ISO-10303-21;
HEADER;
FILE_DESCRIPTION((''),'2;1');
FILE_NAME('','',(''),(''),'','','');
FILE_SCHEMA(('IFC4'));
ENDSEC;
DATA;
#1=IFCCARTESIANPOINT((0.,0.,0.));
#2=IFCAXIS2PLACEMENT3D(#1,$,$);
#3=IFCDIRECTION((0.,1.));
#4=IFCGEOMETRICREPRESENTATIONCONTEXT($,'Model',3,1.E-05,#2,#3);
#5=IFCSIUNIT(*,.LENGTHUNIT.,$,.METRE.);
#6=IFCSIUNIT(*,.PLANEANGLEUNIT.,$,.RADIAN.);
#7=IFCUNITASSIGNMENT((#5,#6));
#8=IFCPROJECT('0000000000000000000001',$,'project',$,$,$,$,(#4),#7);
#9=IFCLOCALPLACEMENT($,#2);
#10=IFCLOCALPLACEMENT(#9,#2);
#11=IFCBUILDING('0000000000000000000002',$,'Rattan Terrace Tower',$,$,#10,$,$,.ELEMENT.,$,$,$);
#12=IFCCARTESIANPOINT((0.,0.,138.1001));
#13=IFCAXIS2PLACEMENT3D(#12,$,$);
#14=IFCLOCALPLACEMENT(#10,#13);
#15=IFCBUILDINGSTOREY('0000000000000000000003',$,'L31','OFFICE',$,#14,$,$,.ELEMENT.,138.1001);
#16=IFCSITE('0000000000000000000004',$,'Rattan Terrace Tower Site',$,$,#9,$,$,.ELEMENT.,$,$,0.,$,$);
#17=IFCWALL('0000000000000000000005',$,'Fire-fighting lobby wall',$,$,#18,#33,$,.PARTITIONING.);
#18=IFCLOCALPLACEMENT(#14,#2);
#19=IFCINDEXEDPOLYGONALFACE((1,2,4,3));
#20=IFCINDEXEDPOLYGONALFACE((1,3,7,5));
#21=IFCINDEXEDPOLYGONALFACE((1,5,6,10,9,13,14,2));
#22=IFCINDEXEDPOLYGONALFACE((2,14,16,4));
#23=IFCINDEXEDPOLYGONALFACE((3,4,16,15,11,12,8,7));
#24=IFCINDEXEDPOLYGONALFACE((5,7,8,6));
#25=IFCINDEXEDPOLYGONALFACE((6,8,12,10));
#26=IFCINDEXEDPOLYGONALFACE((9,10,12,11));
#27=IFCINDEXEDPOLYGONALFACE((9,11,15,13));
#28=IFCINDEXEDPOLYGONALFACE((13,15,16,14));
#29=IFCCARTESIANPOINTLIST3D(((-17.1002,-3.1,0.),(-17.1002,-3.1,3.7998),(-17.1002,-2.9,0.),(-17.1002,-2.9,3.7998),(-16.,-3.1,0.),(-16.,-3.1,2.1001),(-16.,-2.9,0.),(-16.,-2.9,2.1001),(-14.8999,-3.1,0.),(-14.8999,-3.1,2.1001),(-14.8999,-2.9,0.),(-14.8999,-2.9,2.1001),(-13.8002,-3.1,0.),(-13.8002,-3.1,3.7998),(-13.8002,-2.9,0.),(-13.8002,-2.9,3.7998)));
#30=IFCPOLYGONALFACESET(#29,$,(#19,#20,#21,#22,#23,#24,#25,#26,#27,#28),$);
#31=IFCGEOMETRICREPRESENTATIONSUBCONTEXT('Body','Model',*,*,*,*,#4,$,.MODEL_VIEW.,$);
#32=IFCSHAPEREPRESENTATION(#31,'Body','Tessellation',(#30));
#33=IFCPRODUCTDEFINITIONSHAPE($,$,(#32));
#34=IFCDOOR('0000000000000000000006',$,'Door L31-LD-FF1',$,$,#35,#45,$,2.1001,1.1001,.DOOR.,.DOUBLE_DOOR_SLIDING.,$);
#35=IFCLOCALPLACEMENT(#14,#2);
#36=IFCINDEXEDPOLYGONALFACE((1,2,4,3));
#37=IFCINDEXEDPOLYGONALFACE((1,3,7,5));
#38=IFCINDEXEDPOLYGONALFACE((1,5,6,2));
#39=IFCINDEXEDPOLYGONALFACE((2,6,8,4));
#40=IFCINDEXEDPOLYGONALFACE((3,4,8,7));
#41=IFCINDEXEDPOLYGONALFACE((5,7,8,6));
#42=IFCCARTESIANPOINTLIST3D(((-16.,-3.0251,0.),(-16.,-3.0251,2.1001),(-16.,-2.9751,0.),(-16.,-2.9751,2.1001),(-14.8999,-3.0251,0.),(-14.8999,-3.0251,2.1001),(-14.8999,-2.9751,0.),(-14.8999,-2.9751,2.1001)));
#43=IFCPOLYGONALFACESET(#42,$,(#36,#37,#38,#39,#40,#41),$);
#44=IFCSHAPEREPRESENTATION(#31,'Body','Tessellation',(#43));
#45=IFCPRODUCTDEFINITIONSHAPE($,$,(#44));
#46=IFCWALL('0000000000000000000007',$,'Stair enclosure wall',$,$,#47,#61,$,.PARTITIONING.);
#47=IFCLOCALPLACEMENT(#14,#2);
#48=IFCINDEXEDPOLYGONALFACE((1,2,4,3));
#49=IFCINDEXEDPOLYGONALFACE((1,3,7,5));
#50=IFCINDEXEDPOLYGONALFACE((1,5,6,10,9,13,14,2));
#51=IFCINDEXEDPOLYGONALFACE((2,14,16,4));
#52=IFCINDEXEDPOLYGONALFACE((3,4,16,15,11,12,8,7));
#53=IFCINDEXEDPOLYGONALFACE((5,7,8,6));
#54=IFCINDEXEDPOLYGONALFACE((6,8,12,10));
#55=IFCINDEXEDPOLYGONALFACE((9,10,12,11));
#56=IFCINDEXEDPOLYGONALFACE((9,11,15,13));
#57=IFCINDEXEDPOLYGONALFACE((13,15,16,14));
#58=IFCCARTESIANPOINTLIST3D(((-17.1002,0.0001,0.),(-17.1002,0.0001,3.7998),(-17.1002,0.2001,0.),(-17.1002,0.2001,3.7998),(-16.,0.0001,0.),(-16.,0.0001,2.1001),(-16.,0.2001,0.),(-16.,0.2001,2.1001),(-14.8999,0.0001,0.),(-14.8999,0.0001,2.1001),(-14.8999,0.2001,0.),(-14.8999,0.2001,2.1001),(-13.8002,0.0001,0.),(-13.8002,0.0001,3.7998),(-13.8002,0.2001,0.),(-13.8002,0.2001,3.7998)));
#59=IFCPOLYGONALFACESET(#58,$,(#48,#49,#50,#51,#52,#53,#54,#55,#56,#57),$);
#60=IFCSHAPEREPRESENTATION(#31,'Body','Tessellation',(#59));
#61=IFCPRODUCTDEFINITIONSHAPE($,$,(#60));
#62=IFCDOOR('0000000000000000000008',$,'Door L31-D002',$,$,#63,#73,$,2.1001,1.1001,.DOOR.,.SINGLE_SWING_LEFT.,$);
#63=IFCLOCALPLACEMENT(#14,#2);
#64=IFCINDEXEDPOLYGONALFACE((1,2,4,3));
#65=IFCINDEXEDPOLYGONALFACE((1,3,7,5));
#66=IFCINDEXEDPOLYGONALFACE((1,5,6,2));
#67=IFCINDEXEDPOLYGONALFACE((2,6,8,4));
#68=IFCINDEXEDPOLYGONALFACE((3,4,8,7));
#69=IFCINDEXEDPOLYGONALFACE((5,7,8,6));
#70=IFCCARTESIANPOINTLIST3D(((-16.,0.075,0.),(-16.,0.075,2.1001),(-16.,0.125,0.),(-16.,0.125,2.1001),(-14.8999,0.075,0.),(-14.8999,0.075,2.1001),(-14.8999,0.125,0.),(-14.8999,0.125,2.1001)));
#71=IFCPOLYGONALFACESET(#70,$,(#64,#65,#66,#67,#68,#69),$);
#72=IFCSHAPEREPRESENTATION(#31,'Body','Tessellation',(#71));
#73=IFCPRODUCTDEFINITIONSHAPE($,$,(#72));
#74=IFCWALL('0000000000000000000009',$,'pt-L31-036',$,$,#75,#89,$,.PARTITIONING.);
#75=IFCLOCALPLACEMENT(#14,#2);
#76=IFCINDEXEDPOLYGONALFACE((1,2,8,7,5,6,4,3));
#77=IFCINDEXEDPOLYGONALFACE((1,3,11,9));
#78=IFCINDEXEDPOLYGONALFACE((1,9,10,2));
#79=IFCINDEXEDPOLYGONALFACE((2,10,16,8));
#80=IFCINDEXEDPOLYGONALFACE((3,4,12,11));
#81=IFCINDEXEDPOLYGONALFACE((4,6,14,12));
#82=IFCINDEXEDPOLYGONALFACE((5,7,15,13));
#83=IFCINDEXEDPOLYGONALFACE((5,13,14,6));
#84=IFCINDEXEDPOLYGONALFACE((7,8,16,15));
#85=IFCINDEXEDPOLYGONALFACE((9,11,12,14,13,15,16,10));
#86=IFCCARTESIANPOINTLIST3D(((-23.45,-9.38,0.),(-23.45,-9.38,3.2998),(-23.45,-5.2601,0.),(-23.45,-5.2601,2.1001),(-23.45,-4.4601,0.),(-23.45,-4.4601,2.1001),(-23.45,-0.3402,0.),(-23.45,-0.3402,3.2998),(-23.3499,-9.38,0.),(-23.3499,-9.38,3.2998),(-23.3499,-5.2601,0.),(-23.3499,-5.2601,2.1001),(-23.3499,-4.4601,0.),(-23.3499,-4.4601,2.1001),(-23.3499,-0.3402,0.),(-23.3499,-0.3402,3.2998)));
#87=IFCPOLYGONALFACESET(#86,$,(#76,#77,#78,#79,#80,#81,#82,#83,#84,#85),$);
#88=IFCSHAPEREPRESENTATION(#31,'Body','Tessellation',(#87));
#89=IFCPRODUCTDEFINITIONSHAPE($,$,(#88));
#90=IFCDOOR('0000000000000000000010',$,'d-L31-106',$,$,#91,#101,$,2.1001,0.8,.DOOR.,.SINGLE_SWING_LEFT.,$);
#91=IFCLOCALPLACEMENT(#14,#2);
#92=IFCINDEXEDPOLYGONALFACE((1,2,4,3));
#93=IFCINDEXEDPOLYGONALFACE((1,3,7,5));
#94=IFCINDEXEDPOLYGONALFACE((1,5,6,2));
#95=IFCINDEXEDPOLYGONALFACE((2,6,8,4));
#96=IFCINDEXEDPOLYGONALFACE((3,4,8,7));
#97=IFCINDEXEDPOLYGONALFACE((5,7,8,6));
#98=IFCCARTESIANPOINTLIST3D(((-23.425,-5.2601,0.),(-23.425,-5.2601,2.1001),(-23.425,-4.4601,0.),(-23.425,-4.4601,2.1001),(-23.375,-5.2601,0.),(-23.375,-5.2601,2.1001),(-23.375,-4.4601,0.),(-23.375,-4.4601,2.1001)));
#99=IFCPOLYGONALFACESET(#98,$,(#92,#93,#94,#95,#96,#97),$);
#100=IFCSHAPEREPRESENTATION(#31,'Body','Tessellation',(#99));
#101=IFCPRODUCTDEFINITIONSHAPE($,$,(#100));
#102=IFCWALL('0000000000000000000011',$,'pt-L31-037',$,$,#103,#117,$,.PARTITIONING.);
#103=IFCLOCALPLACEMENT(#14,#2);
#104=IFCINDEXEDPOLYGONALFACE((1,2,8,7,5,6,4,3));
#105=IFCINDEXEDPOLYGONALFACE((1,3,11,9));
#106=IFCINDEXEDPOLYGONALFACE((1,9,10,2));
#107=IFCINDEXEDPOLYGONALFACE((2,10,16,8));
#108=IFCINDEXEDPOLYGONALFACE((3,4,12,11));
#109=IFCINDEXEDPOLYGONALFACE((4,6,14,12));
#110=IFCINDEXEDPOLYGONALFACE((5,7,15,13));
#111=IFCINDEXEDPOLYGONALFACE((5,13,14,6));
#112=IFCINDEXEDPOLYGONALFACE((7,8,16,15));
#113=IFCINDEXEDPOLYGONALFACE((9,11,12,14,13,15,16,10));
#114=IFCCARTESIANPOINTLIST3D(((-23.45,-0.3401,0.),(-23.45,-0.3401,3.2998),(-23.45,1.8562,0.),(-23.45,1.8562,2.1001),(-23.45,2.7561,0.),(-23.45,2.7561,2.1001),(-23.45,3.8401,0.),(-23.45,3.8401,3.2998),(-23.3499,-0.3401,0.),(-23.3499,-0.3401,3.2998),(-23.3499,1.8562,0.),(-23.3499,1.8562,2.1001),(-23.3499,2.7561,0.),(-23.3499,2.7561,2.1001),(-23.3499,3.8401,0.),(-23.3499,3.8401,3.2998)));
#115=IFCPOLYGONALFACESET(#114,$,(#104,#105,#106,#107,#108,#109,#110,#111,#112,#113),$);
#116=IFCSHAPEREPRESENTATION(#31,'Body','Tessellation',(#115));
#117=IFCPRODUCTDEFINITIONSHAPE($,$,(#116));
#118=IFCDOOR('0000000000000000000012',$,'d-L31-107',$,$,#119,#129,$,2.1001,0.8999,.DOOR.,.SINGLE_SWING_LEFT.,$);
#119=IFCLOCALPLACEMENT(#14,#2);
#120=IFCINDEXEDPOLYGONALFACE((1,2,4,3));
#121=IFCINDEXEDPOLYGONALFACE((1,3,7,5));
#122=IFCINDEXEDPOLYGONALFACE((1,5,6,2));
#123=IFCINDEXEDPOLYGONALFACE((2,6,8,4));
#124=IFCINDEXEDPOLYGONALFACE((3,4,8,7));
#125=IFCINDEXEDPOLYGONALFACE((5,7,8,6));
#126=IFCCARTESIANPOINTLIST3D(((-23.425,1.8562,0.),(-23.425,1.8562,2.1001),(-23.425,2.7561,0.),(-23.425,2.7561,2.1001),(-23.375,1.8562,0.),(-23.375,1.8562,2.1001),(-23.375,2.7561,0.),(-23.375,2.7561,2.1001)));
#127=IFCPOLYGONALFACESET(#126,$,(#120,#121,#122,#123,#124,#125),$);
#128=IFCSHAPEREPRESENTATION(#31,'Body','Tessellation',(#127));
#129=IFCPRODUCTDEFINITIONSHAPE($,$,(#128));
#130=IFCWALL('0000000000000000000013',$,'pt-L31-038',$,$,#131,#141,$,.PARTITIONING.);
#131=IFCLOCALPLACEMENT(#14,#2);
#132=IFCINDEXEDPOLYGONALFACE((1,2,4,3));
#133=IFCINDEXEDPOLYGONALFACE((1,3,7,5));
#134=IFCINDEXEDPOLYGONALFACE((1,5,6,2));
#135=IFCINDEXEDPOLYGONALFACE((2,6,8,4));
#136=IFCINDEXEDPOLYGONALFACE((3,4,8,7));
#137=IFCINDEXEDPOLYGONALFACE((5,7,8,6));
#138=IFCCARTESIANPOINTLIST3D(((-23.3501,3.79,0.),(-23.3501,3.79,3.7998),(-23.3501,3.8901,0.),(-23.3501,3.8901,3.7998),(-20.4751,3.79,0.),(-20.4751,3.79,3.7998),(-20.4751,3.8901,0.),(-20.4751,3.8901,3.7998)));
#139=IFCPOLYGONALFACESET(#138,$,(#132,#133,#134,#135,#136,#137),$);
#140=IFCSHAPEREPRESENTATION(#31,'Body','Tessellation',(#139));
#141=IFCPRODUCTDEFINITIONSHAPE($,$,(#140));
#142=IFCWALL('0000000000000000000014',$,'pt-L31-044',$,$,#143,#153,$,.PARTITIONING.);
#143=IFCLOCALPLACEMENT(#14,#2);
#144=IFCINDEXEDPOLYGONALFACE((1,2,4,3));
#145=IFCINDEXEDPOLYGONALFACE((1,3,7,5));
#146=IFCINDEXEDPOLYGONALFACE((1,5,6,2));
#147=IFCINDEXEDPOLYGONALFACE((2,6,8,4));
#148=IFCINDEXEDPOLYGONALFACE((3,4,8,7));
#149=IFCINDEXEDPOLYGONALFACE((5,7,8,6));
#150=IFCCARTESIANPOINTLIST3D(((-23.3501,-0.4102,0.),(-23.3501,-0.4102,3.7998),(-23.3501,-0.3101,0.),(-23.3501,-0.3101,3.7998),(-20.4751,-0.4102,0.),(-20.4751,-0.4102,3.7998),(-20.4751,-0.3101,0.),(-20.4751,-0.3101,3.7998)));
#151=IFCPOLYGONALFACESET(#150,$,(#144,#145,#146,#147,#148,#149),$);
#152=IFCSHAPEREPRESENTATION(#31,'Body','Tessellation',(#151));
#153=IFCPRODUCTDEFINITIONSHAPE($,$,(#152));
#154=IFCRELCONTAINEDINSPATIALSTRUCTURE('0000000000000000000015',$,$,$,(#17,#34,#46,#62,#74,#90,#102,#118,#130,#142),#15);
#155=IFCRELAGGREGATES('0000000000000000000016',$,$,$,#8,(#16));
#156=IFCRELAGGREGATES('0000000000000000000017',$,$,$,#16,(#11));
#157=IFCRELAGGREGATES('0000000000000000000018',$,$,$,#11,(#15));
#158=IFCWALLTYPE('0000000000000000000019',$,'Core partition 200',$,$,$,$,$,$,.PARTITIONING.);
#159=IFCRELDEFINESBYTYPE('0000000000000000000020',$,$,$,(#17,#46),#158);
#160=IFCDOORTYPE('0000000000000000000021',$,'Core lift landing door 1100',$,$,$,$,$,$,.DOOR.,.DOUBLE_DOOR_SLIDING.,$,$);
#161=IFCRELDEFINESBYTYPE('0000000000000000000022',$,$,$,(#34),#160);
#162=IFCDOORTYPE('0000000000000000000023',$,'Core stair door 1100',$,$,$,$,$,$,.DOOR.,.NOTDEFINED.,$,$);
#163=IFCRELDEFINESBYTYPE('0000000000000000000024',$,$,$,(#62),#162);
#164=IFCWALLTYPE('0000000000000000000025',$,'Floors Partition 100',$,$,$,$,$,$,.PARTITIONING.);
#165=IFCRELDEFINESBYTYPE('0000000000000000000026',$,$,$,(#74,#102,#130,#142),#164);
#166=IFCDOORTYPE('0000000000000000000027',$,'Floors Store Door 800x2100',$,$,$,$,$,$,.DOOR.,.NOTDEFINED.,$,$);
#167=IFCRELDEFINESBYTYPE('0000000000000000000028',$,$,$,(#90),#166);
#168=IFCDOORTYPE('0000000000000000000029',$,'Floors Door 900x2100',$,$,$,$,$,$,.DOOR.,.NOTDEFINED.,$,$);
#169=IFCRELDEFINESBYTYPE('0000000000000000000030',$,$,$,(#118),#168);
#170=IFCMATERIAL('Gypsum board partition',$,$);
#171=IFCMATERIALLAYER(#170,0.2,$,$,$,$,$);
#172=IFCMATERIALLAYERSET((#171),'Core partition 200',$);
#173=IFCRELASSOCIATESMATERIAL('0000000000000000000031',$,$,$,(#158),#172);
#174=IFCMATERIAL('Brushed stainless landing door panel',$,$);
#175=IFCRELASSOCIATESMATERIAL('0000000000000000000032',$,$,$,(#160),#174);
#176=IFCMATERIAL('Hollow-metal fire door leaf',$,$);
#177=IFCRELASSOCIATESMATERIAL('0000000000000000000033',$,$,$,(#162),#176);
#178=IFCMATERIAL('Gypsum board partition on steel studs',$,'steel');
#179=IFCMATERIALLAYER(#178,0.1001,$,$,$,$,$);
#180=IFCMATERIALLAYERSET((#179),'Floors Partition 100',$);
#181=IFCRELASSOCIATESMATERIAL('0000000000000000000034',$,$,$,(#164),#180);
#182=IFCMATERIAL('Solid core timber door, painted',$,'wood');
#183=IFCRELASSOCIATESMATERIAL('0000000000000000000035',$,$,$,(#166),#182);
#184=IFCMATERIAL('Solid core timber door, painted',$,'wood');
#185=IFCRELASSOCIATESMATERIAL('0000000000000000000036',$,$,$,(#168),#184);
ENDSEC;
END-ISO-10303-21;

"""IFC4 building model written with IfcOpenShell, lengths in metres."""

from ifc_helpers import new_model, si_unit, direction, frame, frame_2d, origin, place, context, subcontext, project, spatial, rectangle, extrude, material, layer, layer_set, type_object, element, fill, save


model = new_model("IFC4")

# Units and contexts
model_context = context("Model", 3, precision=1e-05, world=origin(), true_north=direction((0.0, 1.0)))
body_context = subcontext(model_context, "Body", "Model", "MODEL_VIEW")
ifc_project = project(units=[si_unit("LENGTHUNIT", "METRE"), si_unit("PLANEANGLEUNIT", "RADIAN")], contexts=[model_context])

# Site, building, storey
site_placement = place(None, origin())
site = spatial("IfcSite", under=ifc_project, at=site_placement, Name="Rattan Terrace Tower Site", CompositionType="ELEMENT", RefElevation=0.0)
building_placement = place(site_placement, origin())
building = spatial("IfcBuilding", under=site, at=building_placement, Name="Rattan Terrace Tower", CompositionType="ELEMENT")
storey_placement = place(building_placement, frame((0.0, 0.0, 138.1001)))
storey = spatial("IfcBuildingStorey", under=building, at=storey_placement, Name="L31", Description="OFFICE", CompositionType="ELEMENT", Elevation=138.1001)

# Walls, openings, doors
ifc_material_1 = material(Name="Gypsum board partition")
ifc_layer_1 = layer(ifc_material_1, 0.2)
ifc_layer_set_1 = layer_set([ifc_layer_1], Name="Core partition 200")
wall_type_1 = type_object("IfcWallType", Name="Core partition 200", PredefinedType="PARTITIONING", material=ifc_layer_set_1)
wall_1_placement = place(storey_placement, frame((-17.1001, -3.0, 0.0), z_axis=(0.0, 0.0, 1.0), x_axis=(1.0, 0.0, 0.0)))
wall_1 = element("IfcWall", 1, at=wall_1_placement, inside=storey, type_object=wall_type_1, Name="Fire-fighting lobby wall", PredefinedType="PARTITIONING", context=body_context, shape_type="SweptSolid", body=[
    extrude(rectangle(XDim=3.3, YDim=0.2, at=frame_2d((1.6499, 0.0))), origin(), (0.0, 0.0, 1.0), 3.7998),
])
opening_1_placement = place(wall_1_placement, frame((1.1001, 0.0, 0.0)))
opening_1 = element("IfcOpeningElement", 2, at=opening_1_placement, cuts=wall_1, PredefinedType="OPENING", context=body_context, shape_type="SweptSolid", body=[
    extrude(rectangle(XDim=1.1001, YDim=2.1001, at=frame_2d((0.55, 1.05))), frame((0.0, 0.1106, 0.0), z_axis=(0.0, -1.0, 0.0), x_axis=(1.0, 0.0, 0.0)), (0.0, 0.0, 1.0), 0.2209),
])
ifc_material_2 = material(Name="Brushed stainless landing door panel")
door_type_1 = type_object("IfcDoorType", Name="Core lift landing door 1100", OperationType="DOUBLE_DOOR_SLIDING", PredefinedType="DOOR", material=ifc_material_2)
door_1_placement = place(opening_1_placement, origin())
door_1 = element("IfcDoor", 3, at=door_1_placement, inside=storey, type_object=door_type_1, Name="Door L31-LD-FF1", OperationType="DOUBLE_DOOR_SLIDING", OverallHeight=2.1001, OverallWidth=1.1001, PredefinedType="DOOR", context=body_context, shape_type="SweptSolid", body=[
    extrude(rectangle(XDim=1.1001, YDim=2.1001, at=frame_2d((0.55, 1.05))), frame((0.0, 0.0249, 0.0), z_axis=(0.0, -1.0, 0.0), x_axis=(1.0, 0.0, 0.0)), (0.0, 0.0, 1.0), 0.05),
])
fill(opening_1, door_1)
wall_2_placement = place(storey_placement, frame((-17.1001, 0.1001, 0.0), z_axis=(0.0, 0.0, 1.0), x_axis=(1.0, 0.0, 0.0)))
wall_2 = element("IfcWall", 4, at=wall_2_placement, inside=storey, type_object=wall_type_1, Name="Stair enclosure wall", PredefinedType="PARTITIONING", context=body_context, shape_type="SweptSolid", body=[
    extrude(rectangle(XDim=3.3, YDim=0.2, at=frame_2d((1.6499, 0.0))), origin(), (0.0, 0.0, 1.0), 3.7998),
])
opening_2_placement = place(wall_2_placement, frame((1.1001, 0.0, 0.0)))
opening_2 = element("IfcOpeningElement", 5, at=opening_2_placement, cuts=wall_2, PredefinedType="OPENING", context=body_context, shape_type="SweptSolid", body=[
    extrude(rectangle(XDim=1.1001, YDim=2.1001, at=frame_2d((0.55, 1.05))), frame((0.0, 0.1106, 0.0), z_axis=(0.0, -1.0, 0.0), x_axis=(1.0, 0.0, 0.0)), (0.0, 0.0, 1.0), 0.2209),
])
ifc_material_3 = material(Name="Hollow-metal fire door leaf")
door_type_2 = type_object("IfcDoorType", Name="Core stair door 1100", OperationType="NOTDEFINED", PredefinedType="DOOR", material=ifc_material_3)
door_2_placement = place(opening_2_placement, origin())
door_2 = element("IfcDoor", 6, at=door_2_placement, inside=storey, type_object=door_type_2, Name="Door L31-D002", OperationType="SINGLE_SWING_LEFT", OverallHeight=2.1001, OverallWidth=1.1001, PredefinedType="DOOR", context=body_context, shape_type="SweptSolid", body=[
    extrude(rectangle(XDim=1.1001, YDim=2.1001, at=frame_2d((0.55, 1.05))), frame((0.0, 0.0249, 0.0), z_axis=(0.0, -1.0, 0.0), x_axis=(1.0, 0.0, 0.0)), (0.0, 0.0, 1.0), 0.05),
])
fill(opening_2, door_2)
ifc_material_4 = material(Name="Gypsum board partition on steel studs", Category="steel")
ifc_layer_2 = layer(ifc_material_4, 0.1001)
ifc_layer_set_2 = layer_set([ifc_layer_2], Name="Floors Partition 100")
wall_type_2 = type_object("IfcWallType", Name="Floors Partition 100", PredefinedType="PARTITIONING", material=ifc_layer_set_2)
wall_3_placement = place(storey_placement, frame((-23.3999, -0.3401, 0.0), z_axis=(0.0, 0.0, 1.0), x_axis=(0.0, -1.0, 0.0)))
wall_3 = element("IfcWall", 7, at=wall_3_placement, inside=storey, type_object=wall_type_2, Name="pt-L31-036", PredefinedType="PARTITIONING", context=body_context, shape_type="SweptSolid", body=[
    extrude(rectangle(XDim=9.0398, YDim=0.1001, at=frame_2d((4.52, 0.0))), origin(), (0.0, 0.0, 1.0), 3.2998),
])
opening_3_placement = place(wall_3_placement, frame((4.1201, 0.0, 0.0)))
opening_3 = element("IfcOpeningElement", 8, at=opening_3_placement, cuts=wall_3, PredefinedType="OPENING", context=body_context, shape_type="SweptSolid", body=[
    extrude(rectangle(XDim=0.8, YDim=2.1001, at=frame_2d((0.3999, 1.05))), frame((0.0, 0.0605, 0.0), z_axis=(0.0, -1.0, 0.0), x_axis=(1.0, 0.0, 0.0)), (0.0, 0.0, 1.0), 0.1211),
])
ifc_material_5 = material(Name="Solid core timber door, painted", Category="wood")
door_type_3 = type_object("IfcDoorType", Name="Floors Store Door 800x2100", OperationType="NOTDEFINED", PredefinedType="DOOR", material=ifc_material_5)
door_3_placement = place(opening_3_placement, origin())
door_3 = element("IfcDoor", 9, at=door_3_placement, inside=storey, type_object=door_type_3, Name="d-L31-106", OperationType="SINGLE_SWING_LEFT", OverallHeight=2.1001, OverallWidth=0.8, PredefinedType="DOOR", context=body_context, shape_type="SweptSolid", body=[
    extrude(rectangle(XDim=0.8, YDim=2.1001, at=frame_2d((0.3999, 1.05))), frame((0.0, 0.0249, 0.0), z_axis=(0.0, -1.0, 0.0), x_axis=(1.0, 0.0, 0.0)), (0.0, 0.0, 1.0), 0.05),
])
fill(opening_3, door_3)
wall_4_placement = place(storey_placement, frame((-23.3999, 3.8401, 0.0), z_axis=(0.0, 0.0, 1.0), x_axis=(0.0, -1.0, 0.0)))
wall_4 = element("IfcWall", 10, at=wall_4_placement, inside=storey, type_object=wall_type_2, Name="pt-L31-037", PredefinedType="PARTITIONING", context=body_context, shape_type="SweptSolid", body=[
    extrude(rectangle(XDim=4.1802, YDim=0.1001, at=frame_2d((2.0901, 0.0))), origin(), (0.0, 0.0, 1.0), 3.2998),
])
opening_4_placement = place(wall_4_placement, frame((1.084, 0.0, 0.0)))
opening_4 = element("IfcOpeningElement", 11, at=opening_4_placement, cuts=wall_4, PredefinedType="OPENING", context=body_context, shape_type="SweptSolid", body=[
    extrude(rectangle(XDim=0.8999, YDim=2.1001, at=frame_2d((0.45, 1.05))), frame((0.0, 0.0605, 0.0), z_axis=(0.0, -1.0, 0.0), x_axis=(1.0, 0.0, 0.0)), (0.0, 0.0, 1.0), 0.1211),
])
ifc_material_6 = material(Name="Solid core timber door, painted", Category="wood")
door_type_4 = type_object("IfcDoorType", Name="Floors Door 900x2100", OperationType="NOTDEFINED", PredefinedType="DOOR", material=ifc_material_6)
door_4_placement = place(opening_4_placement, origin())
door_4 = element("IfcDoor", 12, at=door_4_placement, inside=storey, type_object=door_type_4, Name="d-L31-107", OperationType="SINGLE_SWING_LEFT", OverallHeight=2.1001, OverallWidth=0.8999, PredefinedType="DOOR", context=body_context, shape_type="SweptSolid", body=[
    extrude(rectangle(XDim=0.8999, YDim=2.1001, at=frame_2d((0.45, 1.05))), frame((0.0, 0.0249, 0.0), z_axis=(0.0, -1.0, 0.0), x_axis=(1.0, 0.0, 0.0)), (0.0, 0.0, 1.0), 0.05),
])
fill(opening_4, door_4)

# Walls
for number, where, z_axis, x_axis, name in (
    (13, (-20.4751, 3.8401, 0.0), (0.0, 0.0, 1.0), (-1.0, 0.0, 0.0), "pt-L31-038"),
    (14, (-23.3501, -0.3601, 0.0), (0.0, 0.0, 1.0), (1.0, 0.0, 0.0), "pt-L31-044"),
):
    element("IfcWall", number, at=place(storey_placement, frame(where, z_axis=z_axis, x_axis=x_axis)), inside=storey, type_object=wall_type_2, Name=name, PredefinedType="PARTITIONING", context=body_context, shape_type="SweptSolid", body=[
        extrude(rectangle(XDim=2.875, YDim=0.1001, at=frame_2d((1.4375, 0.0))), origin(), (0.0, 0.0, 1.0), 3.7998),
    ])

save(model, "model.ifc")
